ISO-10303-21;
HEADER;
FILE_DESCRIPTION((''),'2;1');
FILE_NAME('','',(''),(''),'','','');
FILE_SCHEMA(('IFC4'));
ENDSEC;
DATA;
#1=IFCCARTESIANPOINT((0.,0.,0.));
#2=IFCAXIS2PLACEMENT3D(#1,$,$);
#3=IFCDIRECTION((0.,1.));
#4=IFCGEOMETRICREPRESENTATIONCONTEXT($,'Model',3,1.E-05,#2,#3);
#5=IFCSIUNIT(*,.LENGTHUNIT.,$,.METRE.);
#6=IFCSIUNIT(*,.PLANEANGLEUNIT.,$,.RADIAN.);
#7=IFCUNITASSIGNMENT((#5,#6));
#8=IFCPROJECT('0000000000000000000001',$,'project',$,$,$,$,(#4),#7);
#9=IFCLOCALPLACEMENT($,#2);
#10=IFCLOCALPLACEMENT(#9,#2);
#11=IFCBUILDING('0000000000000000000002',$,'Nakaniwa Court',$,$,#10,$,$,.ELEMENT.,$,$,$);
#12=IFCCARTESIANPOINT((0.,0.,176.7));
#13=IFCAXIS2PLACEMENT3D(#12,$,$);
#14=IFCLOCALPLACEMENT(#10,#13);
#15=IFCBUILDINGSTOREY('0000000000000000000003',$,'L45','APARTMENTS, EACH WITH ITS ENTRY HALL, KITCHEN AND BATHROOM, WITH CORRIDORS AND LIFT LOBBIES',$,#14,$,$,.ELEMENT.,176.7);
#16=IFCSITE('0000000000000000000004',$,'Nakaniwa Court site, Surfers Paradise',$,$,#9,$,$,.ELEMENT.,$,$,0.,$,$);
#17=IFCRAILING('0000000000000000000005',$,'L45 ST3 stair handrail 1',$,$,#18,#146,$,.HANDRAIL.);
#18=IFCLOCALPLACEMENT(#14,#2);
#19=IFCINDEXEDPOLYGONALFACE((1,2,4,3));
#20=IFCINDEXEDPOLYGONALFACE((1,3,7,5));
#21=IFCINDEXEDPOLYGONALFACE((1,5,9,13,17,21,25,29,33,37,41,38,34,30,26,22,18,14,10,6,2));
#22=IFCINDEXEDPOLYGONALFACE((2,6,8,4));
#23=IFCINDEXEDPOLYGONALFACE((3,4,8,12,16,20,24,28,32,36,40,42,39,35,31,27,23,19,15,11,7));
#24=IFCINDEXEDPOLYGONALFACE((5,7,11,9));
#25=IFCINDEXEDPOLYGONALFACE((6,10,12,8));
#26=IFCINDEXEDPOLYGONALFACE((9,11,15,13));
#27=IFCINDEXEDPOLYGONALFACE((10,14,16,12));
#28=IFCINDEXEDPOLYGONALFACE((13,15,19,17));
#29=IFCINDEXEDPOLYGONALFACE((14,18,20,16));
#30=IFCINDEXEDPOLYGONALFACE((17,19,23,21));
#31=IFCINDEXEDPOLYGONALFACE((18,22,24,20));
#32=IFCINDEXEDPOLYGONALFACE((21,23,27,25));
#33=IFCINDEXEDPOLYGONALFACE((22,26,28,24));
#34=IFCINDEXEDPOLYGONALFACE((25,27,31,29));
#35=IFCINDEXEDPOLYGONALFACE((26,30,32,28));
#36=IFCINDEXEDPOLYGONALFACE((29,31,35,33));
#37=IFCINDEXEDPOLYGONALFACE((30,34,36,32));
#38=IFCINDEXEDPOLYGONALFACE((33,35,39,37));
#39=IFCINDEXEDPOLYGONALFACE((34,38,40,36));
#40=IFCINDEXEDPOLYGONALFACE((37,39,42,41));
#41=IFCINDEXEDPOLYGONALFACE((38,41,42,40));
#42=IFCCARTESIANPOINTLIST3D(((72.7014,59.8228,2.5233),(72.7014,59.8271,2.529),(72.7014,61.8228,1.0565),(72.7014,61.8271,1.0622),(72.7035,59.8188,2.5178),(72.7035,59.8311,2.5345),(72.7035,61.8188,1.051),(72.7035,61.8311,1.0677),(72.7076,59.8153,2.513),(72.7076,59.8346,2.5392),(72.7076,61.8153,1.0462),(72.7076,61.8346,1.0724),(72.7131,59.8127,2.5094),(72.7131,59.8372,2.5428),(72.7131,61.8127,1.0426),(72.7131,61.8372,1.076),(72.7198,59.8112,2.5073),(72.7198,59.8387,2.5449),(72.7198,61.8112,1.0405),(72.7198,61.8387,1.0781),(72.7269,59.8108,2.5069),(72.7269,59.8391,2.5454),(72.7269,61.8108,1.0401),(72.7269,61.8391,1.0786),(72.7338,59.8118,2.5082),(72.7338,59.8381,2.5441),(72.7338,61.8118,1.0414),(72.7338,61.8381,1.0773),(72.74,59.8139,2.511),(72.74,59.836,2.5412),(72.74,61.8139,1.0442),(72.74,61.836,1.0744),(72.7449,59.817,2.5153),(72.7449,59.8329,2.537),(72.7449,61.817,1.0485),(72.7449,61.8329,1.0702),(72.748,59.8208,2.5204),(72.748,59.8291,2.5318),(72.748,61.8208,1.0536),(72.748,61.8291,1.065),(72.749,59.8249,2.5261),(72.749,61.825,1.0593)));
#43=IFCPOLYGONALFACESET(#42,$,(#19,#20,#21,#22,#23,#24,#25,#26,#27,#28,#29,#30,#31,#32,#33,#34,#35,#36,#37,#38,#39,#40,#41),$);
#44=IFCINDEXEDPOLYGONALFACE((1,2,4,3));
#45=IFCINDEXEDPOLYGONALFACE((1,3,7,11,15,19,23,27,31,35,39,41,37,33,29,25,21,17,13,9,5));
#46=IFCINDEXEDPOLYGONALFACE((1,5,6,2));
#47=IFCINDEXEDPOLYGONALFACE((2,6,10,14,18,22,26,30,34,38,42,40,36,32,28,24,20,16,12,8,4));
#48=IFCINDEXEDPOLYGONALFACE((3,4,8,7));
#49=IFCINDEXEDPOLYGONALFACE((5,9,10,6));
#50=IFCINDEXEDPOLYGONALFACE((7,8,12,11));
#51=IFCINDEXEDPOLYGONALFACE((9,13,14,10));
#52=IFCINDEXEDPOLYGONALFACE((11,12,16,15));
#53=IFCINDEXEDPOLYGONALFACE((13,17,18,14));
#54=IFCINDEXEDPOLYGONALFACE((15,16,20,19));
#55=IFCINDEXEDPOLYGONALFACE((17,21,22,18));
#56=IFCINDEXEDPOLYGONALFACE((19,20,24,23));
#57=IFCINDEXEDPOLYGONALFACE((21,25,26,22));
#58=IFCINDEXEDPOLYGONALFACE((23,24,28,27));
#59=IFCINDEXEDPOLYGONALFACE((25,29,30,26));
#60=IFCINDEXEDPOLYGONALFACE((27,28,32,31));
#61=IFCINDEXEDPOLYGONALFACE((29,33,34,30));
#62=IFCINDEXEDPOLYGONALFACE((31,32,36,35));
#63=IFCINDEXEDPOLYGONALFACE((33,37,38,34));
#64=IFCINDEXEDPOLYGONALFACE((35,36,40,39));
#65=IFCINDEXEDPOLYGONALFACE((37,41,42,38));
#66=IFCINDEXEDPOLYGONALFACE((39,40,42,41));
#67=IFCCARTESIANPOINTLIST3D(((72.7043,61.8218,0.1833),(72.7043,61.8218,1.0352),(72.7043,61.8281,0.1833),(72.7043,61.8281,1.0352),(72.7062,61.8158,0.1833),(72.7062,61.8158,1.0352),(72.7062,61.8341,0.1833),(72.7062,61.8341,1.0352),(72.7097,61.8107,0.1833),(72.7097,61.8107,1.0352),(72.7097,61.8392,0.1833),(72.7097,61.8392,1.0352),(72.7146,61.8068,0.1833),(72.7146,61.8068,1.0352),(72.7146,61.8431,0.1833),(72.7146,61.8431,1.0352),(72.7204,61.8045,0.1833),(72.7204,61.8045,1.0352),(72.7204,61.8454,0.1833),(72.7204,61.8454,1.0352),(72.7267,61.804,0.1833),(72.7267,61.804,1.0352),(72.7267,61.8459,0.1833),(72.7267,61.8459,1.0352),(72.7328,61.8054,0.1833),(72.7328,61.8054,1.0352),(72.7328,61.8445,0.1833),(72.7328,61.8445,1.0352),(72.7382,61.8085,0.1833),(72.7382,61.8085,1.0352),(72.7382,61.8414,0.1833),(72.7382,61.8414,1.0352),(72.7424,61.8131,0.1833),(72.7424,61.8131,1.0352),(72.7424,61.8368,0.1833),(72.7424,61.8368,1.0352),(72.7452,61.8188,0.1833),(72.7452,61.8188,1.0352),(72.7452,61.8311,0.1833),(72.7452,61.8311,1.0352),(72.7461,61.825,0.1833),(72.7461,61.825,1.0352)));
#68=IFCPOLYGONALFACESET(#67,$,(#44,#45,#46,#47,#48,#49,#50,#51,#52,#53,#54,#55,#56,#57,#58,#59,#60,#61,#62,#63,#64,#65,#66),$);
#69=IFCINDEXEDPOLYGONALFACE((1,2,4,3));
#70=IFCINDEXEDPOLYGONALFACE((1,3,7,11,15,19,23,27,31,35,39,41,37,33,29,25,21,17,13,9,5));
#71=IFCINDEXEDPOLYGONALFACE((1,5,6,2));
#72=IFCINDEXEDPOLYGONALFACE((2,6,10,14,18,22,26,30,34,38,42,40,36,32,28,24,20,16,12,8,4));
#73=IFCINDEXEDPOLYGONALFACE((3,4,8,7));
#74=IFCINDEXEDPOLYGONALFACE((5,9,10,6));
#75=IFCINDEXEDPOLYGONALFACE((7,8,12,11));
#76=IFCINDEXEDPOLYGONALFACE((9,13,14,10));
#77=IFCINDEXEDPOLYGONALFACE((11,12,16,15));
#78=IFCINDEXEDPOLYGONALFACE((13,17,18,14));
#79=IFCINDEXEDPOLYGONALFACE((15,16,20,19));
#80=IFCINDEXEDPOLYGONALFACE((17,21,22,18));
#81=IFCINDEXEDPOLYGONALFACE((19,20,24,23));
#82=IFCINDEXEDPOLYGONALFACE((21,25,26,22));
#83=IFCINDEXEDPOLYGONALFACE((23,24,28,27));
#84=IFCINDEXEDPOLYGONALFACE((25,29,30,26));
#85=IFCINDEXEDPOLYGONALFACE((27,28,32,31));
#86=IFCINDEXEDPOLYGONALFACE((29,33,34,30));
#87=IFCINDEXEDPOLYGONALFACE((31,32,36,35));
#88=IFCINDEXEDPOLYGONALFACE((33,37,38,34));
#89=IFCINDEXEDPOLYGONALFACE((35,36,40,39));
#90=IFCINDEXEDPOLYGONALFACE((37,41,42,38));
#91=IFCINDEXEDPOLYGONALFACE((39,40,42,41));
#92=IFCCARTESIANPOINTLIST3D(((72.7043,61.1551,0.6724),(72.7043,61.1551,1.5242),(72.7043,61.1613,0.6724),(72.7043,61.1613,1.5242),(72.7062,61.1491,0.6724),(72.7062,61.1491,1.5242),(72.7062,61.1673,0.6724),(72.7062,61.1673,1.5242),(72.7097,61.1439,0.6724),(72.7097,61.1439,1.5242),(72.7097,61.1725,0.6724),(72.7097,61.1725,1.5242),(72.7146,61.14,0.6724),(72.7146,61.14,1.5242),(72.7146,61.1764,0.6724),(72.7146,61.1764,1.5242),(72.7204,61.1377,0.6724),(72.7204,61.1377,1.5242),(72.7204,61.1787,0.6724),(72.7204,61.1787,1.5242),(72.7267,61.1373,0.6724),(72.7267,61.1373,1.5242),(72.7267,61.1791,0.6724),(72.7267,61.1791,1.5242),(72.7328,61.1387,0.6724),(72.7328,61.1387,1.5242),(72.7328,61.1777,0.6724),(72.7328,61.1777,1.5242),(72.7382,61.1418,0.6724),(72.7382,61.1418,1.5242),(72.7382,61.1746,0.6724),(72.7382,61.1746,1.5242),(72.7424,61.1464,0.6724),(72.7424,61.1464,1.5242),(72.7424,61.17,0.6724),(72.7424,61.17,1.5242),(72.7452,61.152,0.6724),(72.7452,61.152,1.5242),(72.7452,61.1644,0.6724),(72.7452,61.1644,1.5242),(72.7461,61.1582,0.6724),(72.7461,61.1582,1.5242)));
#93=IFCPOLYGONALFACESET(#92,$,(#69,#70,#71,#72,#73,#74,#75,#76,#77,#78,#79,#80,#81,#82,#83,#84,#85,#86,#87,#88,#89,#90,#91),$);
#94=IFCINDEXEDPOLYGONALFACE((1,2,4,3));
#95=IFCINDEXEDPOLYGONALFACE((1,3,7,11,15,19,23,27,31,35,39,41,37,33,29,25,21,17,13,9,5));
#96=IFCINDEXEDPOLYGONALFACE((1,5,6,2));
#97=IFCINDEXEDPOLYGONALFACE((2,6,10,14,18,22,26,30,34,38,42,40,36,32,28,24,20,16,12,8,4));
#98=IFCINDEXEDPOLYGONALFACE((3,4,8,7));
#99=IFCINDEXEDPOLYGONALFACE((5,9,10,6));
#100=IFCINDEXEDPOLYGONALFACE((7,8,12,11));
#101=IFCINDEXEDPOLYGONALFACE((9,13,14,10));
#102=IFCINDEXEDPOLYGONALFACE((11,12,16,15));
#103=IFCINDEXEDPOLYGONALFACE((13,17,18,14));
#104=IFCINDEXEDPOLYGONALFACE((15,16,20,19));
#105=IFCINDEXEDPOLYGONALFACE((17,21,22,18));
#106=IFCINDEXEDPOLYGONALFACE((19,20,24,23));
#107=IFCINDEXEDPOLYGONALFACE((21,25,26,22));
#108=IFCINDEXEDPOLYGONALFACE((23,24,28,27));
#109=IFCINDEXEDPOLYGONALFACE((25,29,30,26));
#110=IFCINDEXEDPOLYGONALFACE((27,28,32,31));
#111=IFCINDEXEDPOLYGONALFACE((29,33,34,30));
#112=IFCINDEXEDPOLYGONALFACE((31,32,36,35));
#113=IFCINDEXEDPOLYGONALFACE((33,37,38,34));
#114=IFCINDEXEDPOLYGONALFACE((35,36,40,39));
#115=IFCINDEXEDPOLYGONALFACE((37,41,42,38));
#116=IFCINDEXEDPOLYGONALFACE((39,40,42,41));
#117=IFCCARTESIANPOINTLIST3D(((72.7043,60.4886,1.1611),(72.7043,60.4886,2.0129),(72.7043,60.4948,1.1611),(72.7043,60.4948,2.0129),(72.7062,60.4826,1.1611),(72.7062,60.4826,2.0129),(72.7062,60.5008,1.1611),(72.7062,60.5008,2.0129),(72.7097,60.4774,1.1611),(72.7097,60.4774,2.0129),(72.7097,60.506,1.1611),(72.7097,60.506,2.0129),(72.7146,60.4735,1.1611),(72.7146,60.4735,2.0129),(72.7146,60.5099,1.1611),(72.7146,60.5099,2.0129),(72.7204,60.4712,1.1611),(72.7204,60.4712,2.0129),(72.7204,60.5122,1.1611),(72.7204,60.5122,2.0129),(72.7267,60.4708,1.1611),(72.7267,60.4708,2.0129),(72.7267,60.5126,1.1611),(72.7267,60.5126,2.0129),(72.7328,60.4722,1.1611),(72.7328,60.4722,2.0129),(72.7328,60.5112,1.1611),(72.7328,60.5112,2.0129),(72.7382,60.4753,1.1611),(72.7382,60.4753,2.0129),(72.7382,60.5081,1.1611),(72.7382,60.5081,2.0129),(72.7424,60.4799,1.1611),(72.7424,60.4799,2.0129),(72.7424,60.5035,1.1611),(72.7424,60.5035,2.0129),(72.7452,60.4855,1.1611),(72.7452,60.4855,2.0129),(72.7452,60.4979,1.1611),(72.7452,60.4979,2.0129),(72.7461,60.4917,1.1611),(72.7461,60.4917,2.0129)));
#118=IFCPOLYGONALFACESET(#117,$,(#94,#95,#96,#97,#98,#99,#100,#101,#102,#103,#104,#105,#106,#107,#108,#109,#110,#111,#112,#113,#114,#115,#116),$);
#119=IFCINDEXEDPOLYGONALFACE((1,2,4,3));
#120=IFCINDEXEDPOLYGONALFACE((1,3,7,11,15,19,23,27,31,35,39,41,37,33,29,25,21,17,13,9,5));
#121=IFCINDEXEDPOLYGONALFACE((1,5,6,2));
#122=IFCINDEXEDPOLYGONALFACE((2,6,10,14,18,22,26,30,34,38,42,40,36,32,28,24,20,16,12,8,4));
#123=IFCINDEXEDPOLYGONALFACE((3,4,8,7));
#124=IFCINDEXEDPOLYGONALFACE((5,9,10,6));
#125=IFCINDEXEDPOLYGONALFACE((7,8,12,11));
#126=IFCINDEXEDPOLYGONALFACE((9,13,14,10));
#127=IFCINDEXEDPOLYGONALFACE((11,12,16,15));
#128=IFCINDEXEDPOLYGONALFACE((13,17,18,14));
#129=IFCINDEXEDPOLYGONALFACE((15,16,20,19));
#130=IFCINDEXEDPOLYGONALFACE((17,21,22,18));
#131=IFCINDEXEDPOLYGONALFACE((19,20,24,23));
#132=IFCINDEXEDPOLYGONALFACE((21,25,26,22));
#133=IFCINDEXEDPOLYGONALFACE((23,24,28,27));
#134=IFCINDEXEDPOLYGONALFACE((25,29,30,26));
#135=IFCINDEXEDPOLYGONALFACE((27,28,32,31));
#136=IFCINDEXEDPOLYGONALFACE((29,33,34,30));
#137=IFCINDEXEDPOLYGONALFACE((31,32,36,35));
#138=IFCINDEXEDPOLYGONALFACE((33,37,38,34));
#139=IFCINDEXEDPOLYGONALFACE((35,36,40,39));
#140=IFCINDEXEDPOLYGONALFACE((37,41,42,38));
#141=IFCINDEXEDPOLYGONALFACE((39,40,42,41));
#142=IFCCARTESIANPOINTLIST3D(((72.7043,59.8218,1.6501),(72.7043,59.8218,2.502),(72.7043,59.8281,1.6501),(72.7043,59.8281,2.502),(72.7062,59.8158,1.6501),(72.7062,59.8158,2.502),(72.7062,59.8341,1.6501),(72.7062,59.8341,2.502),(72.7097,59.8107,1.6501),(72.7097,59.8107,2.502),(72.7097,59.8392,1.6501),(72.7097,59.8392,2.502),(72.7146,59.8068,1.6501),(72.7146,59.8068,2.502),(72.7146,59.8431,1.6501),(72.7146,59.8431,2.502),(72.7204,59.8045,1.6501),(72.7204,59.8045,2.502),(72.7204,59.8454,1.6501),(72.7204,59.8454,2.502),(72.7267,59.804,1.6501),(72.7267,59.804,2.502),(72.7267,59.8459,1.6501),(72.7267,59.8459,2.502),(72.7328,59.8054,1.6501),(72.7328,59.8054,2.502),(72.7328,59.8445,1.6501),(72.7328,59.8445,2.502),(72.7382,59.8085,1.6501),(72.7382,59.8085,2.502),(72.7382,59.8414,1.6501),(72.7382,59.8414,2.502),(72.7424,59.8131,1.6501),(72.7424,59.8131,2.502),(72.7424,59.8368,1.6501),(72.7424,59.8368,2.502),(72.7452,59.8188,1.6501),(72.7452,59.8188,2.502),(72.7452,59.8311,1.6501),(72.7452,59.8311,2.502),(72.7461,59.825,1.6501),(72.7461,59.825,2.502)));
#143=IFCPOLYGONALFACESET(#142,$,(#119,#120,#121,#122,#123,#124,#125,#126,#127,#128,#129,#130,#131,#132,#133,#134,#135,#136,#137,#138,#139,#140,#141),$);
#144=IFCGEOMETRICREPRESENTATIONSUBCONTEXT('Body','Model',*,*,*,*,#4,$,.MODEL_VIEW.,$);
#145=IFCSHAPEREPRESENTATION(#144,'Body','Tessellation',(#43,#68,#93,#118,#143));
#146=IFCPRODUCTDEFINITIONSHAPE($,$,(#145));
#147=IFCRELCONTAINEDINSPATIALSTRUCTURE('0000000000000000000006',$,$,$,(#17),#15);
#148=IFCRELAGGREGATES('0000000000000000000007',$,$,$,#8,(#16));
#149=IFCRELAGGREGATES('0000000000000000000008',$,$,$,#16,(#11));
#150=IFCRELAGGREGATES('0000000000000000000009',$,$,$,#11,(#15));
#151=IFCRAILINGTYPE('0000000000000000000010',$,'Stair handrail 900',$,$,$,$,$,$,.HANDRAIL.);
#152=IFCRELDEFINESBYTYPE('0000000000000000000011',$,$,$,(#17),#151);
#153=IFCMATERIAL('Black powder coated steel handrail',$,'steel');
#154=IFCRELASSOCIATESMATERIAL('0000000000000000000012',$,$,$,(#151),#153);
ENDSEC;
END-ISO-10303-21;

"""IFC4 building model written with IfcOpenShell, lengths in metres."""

from ifc_helpers import new_model, si_unit, direction, frame, origin, origin_2d, place, context, subcontext, project, spatial, circle, extrude, material, type_object, element, save


model = new_model("IFC4")

# Units and contexts
model_context = context("Model", 3, precision=1e-05, world=origin(), true_north=direction((0.0, 1.0)))
body_context = subcontext(model_context, "Body", "Model", "MODEL_VIEW")
ifc_project = project(units=[si_unit("LENGTHUNIT", "METRE"), si_unit("PLANEANGLEUNIT", "RADIAN")], contexts=[model_context])

# Site, building, storey
site_placement = place(None, origin())
site = spatial("IfcSite", under=ifc_project, at=site_placement, Name="Nakaniwa Court site, Surfers Paradise", CompositionType="ELEMENT", RefElevation=0.0)
building_placement = place(site_placement, origin())
building = spatial("IfcBuilding", under=site, at=building_placement, Name="Nakaniwa Court", CompositionType="ELEMENT")
storey_placement = place(building_placement, frame((0.0, 0.0, 176.7)))
storey = spatial("IfcBuildingStorey", under=building, at=storey_placement, Name="L45", Description="APARTMENTS, EACH WITH ITS ENTRY HALL, KITCHEN AND BATHROOM, WITH CORRIDORS AND LIFT LOBBIES", CompositionType="ELEMENT", Elevation=176.7)

# Railing
ifc_material_1 = material(Name="Black powder coated steel handrail", Category="steel")
railing_type_1 = type_object("IfcRailingType", Name="Stair handrail 900", PredefinedType="HANDRAIL", material=ifc_material_1)
railing_1_placement = place(storey_placement, frame((72.7251, 61.825, 0.1833)))
element("IfcRailing", 1, at=railing_1_placement, inside=storey, type_object=railing_type_1, Name="L45 ST3 stair handrail 1", PredefinedType="HANDRAIL", context=body_context, shape_type="SweptSolid", body=[
    extrude(circle(Radius=0.0239, at=origin_2d()), frame((0.0, 0.0, 0.876), z_axis=(0.0, -0.80638, 0.591398), x_axis=(1.0, 0.0, 0.0)), (0.0, 0.0, 1.0), 2.4802),
    extrude(circle(Radius=0.021, at=origin_2d()), origin(), (0.0, 0.0, 1.0), 0.8518),
    extrude(circle(Radius=0.021, at=origin_2d()), frame((0.0, -0.6667, 0.489)), (0.0, 0.0, 1.0), 0.8518),
    extrude(circle(Radius=0.021, at=origin_2d()), frame((0.0, -1.3333, 0.9778)), (0.0, 0.0, 1.0), 0.8518),
    extrude(circle(Radius=0.021, at=origin_2d()), frame((0.0, -2.0, 1.4668)), (0.0, 0.0, 1.0), 0.8518),
])

save(model, "model.ifc")
